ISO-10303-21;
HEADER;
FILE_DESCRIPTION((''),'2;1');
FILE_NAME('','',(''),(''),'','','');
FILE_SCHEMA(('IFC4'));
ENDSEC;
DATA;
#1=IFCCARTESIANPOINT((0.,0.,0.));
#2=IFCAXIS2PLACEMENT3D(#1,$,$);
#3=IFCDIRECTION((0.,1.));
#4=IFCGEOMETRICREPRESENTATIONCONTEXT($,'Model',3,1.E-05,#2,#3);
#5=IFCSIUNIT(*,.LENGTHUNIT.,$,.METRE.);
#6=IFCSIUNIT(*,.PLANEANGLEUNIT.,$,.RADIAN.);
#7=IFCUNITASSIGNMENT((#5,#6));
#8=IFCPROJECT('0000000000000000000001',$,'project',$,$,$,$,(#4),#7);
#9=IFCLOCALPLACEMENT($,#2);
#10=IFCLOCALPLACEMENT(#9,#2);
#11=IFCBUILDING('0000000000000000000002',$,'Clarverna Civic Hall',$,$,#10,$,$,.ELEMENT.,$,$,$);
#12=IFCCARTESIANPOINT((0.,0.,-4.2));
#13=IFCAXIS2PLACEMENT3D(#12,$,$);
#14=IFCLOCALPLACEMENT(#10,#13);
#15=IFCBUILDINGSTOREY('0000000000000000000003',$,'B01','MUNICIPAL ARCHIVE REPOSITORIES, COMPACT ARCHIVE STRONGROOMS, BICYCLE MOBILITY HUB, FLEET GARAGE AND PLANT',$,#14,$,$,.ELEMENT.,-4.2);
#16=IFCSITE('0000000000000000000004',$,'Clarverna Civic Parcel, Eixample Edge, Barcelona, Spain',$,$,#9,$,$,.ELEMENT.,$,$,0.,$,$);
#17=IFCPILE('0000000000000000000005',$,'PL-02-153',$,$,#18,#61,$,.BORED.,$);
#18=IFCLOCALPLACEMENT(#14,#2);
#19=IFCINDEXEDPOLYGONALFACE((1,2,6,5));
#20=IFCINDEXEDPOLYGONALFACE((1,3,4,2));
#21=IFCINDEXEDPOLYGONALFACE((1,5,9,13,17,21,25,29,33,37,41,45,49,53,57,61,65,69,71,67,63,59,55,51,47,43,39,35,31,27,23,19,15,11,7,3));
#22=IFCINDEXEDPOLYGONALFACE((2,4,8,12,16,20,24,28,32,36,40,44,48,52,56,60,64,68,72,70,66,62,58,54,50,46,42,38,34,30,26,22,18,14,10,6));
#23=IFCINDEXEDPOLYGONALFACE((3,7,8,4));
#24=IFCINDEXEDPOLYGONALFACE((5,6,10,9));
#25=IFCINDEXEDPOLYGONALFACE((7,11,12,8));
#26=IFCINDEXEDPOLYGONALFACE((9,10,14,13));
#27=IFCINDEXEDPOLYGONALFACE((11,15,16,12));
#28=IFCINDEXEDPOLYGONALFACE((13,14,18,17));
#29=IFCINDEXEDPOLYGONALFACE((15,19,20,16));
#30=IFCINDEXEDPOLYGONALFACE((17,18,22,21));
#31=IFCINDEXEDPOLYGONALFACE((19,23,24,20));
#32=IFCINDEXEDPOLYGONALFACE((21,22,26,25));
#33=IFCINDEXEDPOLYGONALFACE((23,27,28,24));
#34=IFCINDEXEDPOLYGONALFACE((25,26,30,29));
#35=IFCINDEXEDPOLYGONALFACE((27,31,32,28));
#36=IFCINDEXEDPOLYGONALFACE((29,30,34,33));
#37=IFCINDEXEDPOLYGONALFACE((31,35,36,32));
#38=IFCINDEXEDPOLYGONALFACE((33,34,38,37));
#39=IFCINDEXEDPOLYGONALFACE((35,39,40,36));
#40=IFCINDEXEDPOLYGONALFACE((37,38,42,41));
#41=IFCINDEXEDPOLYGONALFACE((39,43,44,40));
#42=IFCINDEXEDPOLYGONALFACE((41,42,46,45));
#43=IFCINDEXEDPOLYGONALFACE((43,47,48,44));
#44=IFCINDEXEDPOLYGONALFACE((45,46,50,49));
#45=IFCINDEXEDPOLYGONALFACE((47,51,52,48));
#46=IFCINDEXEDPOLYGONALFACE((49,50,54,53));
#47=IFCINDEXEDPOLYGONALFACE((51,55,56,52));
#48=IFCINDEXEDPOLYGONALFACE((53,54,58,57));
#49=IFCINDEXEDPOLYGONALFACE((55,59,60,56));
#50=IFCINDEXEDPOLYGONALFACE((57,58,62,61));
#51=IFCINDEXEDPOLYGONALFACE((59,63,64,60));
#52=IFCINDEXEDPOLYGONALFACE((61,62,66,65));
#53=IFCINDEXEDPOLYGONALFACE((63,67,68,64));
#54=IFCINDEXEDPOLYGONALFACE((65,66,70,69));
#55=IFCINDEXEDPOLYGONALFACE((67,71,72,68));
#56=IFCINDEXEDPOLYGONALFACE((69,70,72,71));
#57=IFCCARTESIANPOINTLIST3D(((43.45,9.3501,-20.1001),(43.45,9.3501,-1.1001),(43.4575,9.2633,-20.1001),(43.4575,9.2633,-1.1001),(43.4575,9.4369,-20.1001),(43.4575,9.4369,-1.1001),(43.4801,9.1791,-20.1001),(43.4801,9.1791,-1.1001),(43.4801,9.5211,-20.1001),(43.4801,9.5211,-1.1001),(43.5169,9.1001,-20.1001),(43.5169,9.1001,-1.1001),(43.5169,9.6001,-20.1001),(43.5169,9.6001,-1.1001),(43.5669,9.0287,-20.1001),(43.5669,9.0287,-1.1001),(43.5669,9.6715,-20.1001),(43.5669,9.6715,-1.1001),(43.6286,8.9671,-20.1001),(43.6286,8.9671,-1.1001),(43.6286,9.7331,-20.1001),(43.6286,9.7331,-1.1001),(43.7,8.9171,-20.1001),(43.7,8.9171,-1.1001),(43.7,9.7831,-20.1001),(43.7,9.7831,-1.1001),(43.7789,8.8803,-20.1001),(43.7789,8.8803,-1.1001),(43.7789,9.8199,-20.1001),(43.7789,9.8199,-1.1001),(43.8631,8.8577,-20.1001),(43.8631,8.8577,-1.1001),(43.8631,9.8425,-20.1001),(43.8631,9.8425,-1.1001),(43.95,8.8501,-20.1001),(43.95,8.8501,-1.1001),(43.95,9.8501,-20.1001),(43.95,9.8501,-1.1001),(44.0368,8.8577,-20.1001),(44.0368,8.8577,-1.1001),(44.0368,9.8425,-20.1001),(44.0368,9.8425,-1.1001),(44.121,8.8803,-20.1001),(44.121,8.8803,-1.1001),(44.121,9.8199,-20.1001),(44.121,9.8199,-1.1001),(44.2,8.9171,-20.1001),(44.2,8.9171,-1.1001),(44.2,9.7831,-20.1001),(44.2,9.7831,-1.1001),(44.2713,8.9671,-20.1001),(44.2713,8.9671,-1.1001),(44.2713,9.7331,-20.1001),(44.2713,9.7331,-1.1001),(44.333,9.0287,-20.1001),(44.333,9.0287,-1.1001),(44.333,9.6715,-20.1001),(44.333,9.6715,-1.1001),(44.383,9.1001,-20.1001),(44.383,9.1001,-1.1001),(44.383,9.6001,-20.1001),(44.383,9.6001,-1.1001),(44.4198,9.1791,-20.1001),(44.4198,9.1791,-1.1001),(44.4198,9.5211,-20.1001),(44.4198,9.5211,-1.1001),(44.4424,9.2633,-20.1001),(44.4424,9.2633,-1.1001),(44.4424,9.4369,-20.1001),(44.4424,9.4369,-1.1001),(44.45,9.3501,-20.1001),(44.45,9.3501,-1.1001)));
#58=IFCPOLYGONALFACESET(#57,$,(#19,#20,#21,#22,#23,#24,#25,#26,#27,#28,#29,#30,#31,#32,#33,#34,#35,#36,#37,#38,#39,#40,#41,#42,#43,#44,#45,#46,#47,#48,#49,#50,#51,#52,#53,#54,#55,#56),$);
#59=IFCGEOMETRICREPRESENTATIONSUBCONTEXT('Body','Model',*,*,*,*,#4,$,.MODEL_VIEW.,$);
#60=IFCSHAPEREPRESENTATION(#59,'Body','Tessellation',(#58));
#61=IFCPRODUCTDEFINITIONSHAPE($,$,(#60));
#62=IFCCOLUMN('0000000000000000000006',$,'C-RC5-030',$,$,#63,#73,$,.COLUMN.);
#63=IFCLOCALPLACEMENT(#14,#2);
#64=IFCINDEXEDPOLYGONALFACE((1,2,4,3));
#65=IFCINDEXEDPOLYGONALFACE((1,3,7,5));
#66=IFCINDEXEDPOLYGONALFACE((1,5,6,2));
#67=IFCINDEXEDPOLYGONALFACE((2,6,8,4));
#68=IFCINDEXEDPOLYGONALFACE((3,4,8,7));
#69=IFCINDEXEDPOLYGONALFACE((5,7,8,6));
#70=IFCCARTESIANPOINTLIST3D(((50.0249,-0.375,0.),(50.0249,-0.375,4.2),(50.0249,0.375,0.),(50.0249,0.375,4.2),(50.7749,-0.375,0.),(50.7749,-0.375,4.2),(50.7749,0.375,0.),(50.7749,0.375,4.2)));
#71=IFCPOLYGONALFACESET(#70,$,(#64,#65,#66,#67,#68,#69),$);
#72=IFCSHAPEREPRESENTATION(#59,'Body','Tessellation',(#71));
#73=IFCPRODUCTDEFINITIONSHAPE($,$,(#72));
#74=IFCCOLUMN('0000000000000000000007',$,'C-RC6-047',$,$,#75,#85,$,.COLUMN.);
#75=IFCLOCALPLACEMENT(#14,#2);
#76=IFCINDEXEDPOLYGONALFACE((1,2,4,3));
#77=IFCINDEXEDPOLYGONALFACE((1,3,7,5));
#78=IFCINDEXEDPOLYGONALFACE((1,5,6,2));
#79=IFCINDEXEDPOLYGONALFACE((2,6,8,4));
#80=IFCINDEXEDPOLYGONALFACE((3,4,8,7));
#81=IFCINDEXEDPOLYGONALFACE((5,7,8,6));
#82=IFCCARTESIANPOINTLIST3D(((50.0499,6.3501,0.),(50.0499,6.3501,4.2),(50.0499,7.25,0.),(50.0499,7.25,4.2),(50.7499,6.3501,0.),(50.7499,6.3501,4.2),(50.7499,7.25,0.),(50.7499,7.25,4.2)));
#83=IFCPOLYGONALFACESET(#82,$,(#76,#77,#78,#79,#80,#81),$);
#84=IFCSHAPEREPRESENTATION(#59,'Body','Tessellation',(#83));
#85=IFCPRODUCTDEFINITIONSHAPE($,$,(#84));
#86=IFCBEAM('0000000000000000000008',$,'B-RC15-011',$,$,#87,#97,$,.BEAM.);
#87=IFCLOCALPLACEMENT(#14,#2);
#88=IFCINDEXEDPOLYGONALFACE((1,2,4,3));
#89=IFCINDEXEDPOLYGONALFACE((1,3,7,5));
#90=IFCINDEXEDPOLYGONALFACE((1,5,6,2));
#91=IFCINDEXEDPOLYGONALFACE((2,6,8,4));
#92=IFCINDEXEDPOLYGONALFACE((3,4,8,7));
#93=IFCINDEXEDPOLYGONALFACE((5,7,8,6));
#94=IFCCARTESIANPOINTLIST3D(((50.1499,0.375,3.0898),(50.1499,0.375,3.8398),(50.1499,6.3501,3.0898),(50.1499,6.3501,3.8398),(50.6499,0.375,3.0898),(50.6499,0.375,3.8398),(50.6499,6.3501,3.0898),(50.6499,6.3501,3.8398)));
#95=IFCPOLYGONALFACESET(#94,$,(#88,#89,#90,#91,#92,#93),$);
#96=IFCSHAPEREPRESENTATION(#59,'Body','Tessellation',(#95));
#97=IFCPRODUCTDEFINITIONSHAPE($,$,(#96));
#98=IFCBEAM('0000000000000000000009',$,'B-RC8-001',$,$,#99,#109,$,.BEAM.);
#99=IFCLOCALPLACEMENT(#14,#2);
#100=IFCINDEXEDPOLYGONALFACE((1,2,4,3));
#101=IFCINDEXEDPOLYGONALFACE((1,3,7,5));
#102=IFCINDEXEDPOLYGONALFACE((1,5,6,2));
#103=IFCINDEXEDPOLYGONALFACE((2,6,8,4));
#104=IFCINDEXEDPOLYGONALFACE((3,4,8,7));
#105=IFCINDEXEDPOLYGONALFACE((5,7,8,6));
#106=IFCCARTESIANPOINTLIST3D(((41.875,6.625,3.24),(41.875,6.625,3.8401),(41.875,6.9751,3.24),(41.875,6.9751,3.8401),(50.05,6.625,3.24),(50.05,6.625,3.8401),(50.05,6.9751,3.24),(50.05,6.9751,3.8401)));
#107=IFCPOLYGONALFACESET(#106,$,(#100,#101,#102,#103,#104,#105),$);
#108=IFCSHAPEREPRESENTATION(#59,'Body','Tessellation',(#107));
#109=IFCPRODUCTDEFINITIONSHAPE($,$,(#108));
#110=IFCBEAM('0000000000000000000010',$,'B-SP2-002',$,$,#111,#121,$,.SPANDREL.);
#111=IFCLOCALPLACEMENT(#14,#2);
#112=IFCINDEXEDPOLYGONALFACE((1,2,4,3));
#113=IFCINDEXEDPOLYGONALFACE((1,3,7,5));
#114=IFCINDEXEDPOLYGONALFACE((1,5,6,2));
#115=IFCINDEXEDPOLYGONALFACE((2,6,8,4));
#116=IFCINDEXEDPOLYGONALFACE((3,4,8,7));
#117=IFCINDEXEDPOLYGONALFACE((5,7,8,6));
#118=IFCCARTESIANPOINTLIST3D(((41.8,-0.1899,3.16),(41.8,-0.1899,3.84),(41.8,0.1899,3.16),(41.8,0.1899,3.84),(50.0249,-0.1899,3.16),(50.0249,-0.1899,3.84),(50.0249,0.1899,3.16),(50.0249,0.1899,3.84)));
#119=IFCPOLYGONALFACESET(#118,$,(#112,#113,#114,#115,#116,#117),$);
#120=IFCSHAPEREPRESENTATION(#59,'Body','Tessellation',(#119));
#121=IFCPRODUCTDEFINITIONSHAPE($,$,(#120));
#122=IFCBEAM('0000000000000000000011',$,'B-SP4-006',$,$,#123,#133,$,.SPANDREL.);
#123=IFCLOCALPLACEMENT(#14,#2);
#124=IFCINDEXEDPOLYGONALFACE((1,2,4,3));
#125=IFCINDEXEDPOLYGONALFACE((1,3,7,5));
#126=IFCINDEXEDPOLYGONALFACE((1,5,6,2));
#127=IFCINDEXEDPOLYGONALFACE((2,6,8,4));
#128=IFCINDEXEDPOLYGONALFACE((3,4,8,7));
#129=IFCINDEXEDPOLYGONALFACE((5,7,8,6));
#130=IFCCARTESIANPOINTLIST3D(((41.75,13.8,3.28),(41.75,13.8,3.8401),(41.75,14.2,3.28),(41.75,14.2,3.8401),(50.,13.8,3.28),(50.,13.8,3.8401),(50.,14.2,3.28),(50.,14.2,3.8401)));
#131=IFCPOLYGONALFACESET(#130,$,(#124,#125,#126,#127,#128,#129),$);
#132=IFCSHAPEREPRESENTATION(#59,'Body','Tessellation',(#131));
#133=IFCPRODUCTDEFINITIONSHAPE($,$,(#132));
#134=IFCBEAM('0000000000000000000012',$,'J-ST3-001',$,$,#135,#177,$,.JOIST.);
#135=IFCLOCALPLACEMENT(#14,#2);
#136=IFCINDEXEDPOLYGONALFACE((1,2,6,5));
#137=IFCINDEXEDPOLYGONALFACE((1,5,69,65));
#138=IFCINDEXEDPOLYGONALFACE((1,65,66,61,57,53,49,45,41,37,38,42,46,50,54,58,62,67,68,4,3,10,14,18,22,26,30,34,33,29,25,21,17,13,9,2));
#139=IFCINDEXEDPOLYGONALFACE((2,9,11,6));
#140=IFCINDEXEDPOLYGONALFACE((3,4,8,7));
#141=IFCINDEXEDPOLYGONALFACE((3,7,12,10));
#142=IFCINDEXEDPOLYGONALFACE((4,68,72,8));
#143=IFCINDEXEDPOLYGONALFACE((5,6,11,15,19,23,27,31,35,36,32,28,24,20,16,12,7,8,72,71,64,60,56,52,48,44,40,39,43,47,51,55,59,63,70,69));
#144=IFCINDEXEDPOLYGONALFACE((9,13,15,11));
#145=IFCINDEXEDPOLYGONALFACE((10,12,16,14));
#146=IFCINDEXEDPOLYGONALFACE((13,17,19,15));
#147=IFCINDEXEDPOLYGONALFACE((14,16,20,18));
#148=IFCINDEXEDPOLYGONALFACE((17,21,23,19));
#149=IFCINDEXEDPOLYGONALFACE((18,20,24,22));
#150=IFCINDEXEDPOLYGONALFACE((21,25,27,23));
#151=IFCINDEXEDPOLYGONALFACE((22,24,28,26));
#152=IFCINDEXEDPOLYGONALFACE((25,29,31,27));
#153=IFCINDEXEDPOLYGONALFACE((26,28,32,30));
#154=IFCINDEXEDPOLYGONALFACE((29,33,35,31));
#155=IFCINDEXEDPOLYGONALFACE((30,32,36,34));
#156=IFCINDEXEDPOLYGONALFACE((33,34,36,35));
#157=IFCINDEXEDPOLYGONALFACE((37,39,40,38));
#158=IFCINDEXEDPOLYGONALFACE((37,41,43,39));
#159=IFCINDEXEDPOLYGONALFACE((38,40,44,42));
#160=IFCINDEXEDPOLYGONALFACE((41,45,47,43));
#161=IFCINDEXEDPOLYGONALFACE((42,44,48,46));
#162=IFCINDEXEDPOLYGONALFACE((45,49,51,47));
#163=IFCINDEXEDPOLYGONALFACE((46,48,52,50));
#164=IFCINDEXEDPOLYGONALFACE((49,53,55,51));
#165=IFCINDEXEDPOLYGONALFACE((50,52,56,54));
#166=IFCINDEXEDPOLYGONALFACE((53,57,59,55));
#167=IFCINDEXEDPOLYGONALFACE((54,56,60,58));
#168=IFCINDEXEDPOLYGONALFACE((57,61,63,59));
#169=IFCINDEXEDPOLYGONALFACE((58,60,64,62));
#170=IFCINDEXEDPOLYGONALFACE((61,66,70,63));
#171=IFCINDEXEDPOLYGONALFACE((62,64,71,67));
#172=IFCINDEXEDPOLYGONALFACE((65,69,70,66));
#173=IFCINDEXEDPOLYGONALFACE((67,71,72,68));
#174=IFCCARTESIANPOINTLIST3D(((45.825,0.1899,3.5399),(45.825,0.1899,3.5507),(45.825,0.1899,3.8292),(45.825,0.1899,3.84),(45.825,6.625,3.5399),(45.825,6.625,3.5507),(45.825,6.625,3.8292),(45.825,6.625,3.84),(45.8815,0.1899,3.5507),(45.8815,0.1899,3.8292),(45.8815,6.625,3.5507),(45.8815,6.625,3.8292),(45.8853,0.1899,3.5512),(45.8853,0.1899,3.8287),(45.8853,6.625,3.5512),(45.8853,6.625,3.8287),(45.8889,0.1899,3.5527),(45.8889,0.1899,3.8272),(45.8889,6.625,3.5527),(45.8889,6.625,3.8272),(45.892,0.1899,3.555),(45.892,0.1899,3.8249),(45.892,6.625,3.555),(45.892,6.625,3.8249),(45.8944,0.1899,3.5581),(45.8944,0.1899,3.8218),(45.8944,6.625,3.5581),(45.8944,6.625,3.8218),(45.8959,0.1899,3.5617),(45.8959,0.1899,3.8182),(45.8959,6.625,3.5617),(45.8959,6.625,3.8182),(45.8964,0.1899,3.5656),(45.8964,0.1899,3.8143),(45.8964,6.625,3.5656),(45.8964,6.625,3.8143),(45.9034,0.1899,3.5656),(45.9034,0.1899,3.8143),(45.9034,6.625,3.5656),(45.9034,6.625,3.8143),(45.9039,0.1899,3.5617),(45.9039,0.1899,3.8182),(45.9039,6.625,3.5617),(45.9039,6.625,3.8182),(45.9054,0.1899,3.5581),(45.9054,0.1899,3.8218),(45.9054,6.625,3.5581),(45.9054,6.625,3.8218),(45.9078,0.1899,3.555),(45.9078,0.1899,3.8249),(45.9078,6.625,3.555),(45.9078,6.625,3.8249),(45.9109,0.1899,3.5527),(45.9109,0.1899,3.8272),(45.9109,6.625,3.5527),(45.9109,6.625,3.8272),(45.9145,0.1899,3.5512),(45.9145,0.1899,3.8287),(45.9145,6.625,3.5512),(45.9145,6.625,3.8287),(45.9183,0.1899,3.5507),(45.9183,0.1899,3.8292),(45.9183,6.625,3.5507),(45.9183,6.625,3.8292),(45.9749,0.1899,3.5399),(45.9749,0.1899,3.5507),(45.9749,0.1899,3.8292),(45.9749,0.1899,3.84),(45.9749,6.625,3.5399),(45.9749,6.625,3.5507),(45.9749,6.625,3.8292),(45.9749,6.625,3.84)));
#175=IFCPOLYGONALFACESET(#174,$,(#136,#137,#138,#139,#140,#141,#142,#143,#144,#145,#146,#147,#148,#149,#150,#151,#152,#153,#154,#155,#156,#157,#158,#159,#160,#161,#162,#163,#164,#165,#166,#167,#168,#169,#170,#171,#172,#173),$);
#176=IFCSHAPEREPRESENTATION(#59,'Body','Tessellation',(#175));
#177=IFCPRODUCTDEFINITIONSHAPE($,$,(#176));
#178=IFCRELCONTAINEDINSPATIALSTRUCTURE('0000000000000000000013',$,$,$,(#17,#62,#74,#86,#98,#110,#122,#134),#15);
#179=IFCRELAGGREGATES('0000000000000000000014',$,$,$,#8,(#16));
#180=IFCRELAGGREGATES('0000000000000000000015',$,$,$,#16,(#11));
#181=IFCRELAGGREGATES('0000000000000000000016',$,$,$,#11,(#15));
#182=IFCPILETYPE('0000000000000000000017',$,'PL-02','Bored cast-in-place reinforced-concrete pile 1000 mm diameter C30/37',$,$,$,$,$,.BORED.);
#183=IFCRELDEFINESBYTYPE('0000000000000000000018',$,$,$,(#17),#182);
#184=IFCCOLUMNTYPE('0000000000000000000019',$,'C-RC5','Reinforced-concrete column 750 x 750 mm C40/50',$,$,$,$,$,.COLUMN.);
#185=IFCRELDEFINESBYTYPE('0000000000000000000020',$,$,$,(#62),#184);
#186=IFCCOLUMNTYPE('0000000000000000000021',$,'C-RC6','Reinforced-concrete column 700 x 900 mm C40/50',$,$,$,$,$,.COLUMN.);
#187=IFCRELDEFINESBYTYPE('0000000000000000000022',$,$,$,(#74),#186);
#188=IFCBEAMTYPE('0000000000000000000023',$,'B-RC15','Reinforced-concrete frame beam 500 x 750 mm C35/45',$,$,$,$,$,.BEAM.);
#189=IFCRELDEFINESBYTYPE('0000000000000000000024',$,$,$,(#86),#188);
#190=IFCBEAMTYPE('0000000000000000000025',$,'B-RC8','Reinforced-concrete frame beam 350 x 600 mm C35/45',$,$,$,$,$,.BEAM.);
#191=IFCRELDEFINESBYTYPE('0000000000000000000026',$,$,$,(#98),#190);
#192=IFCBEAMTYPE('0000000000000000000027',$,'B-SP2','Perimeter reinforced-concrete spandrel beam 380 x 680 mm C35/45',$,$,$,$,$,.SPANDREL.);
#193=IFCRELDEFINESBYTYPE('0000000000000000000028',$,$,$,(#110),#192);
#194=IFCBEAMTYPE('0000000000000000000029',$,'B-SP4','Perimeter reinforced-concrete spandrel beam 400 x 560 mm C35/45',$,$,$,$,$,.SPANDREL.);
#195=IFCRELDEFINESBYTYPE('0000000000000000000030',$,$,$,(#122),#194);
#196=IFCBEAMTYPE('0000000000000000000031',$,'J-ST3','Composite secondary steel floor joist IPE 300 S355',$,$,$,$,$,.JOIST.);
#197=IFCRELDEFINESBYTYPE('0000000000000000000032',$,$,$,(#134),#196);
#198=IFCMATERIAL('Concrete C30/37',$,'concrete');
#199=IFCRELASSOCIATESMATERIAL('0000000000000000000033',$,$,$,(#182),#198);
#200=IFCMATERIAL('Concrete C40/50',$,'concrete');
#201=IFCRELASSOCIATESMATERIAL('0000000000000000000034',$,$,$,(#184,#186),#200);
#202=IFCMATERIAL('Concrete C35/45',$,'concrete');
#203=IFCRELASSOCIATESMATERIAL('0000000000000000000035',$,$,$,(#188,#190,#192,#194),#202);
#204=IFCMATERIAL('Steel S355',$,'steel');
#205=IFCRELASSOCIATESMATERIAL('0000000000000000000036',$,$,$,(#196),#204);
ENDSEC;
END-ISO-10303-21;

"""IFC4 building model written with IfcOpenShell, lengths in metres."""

from ifc_helpers import new_model, si_unit, direction, frame, origin, origin_2d, place, context, subcontext, project, spatial, rectangle, circle, i_section, extrude, material, material_profile, profile_set, type_object, element, save


model = new_model("IFC4")

# Units and contexts
model_context = context("Model", 3, precision=1e-05, world=origin(), true_north=direction((0.0, 1.0)))
body_context = subcontext(model_context, "Body", "Model", "MODEL_VIEW")
ifc_project = project(units=[si_unit("LENGTHUNIT", "METRE"), si_unit("PLANEANGLEUNIT", "RADIAN")], contexts=[model_context])

# Site, building, storey
site_placement = place(None, origin())
site = spatial("IfcSite", under=ifc_project, at=site_placement, Name="Clarverna Civic Parcel, Eixample Edge, Barcelona, Spain", CompositionType="ELEMENT", RefElevation=0.0)
building_placement = place(site_placement, origin())
building = spatial("IfcBuilding", under=site, at=building_placement, Name="Clarverna Civic Hall", CompositionType="ELEMENT")
storey_placement = place(building_placement, frame((0.0, 0.0, -4.2)))
storey = spatial("IfcBuildingStorey", under=building, at=storey_placement, Name="B01", Description="MUNICIPAL ARCHIVE REPOSITORIES, COMPACT ARCHIVE STRONGROOMS, BICYCLE MOBILITY HUB, FLEET GARAGE AND PLANT", CompositionType="ELEMENT", Elevation=-4.2)

# Shared definitions
ifc_material_1 = material(Name="Concrete C30/37", Category="concrete")

# Pile
ifc_material_profile_1 = material_profile(ifc_material_1, circle(Radius=0.5, at=origin_2d()), Name="BORED PILE D1000")
ifc_profile_set_1 = profile_set([ifc_material_profile_1], Name="Concrete C30/37")
pile_type_1 = type_object("IfcPileType", Name="PL-02", Description="Bored cast-in-place reinforced-concrete pile 1000 mm diameter C30/37", PredefinedType="BORED", material=ifc_profile_set_1)
for number, where, z_axis, x_axis, name in (
    (1, (43.95, 9.3501, -1.1001), (0.0, 0.0, -1.0), (1.0, 0.0, 0.0), "PL-02-153"),
):
    element("IfcPile", number, at=place(storey_placement, frame(where, z_axis=z_axis, x_axis=x_axis)), inside=storey, type_object=pile_type_1, Name=name, PredefinedType="BORED", context=body_context, shape_type="SweptSolid", body=[
        extrude(circle(Radius=0.5, at=origin_2d()), origin(), (0.0, 0.0, 1.0), 19.0),
    ])

# Columns
ifc_material_2 = material(Name="Concrete C40/50", Category="concrete")
ifc_material_profile_2 = material_profile(ifc_material_2, rectangle(XDim=0.75, YDim=0.75, at=origin_2d()), Name="RC 750x750")
ifc_profile_set_2 = profile_set([ifc_material_profile_2], Name="Concrete C40/50")
column_type_1 = type_object("IfcColumnType", Name="C-RC5", Description="Reinforced-concrete column 750 x 750 mm C40/50", PredefinedType="COLUMN", material=ifc_profile_set_2)
column_1_placement = place(storey_placement, frame((50.3999, 0.0, 0.0), z_axis=(0.0, 0.0, 1.0), x_axis=(1.0, 0.0, 0.0)))
element("IfcColumn", 2, at=column_1_placement, inside=storey, type_object=column_type_1, Name="C-RC5-030", PredefinedType="COLUMN", context=body_context, shape_type="SweptSolid", body=[
    extrude(rectangle(XDim=0.75, YDim=0.75, at=origin_2d()), origin(), (0.0, 0.0, 1.0), 4.2),
])
ifc_material_profile_3 = material_profile(ifc_material_2, rectangle(XDim=0.7, YDim=0.8999, at=origin_2d()), Name="RC 700x900")
ifc_profile_set_3 = profile_set([ifc_material_profile_3], Name="Concrete C40/50")
column_type_2 = type_object("IfcColumnType", Name="C-RC6", Description="Reinforced-concrete column 700 x 900 mm C40/50", PredefinedType="COLUMN", material=ifc_profile_set_3)
column_2_placement = place(storey_placement, frame((50.3999, 6.8, 0.0), z_axis=(0.0, 0.0, 1.0), x_axis=(1.0, 0.0, 0.0)))
element("IfcColumn", 3, at=column_2_placement, inside=storey, type_object=column_type_2, Name="C-RC6-047", PredefinedType="COLUMN", context=body_context, shape_type="SweptSolid", body=[
    extrude(rectangle(XDim=0.7, YDim=0.8999, at=origin_2d()), origin(), (0.0, 0.0, 1.0), 4.2),
])

# Beams
ifc_material_3 = material(Name="Concrete C35/45", Category="concrete")
ifc_material_profile_4 = material_profile(ifc_material_3, rectangle(XDim=0.5, YDim=0.75, at=origin_2d()), Name="RC 500x750")
ifc_profile_set_4 = profile_set([ifc_material_profile_4], Name="Concrete C35/45")
beam_type_1 = type_object("IfcBeamType", Name="B-RC15", Description="Reinforced-concrete frame beam 500 x 750 mm C35/45", PredefinedType="BEAM", material=ifc_profile_set_4)
beam_1_placement = place(storey_placement, frame((50.3999, 0.375, 3.4648), z_axis=(0.0, 1.0, 0.0), x_axis=(-1.0, 0.0, 0.0)))
element("IfcBeam", 4, at=beam_1_placement, inside=storey, type_object=beam_type_1, Name="B-RC15-011", PredefinedType="BEAM", context=body_context, shape_type="SweptSolid", body=[
    extrude(rectangle(XDim=0.5, YDim=0.75, at=origin_2d()), origin(), (0.0, 0.0, 1.0), 5.9751),
])
ifc_material_profile_5 = material_profile(ifc_material_3, rectangle(XDim=0.3501, YDim=0.6001, at=origin_2d()), Name="RC 350x600")
ifc_profile_set_5 = profile_set([ifc_material_profile_5], Name="Concrete C35/45")
beam_type_2 = type_object("IfcBeamType", Name="B-RC8", Description="Reinforced-concrete frame beam 350 x 600 mm C35/45", PredefinedType="BEAM", material=ifc_profile_set_5)
beam_2_placement = place(storey_placement, frame((41.875, 6.8, 3.54), z_axis=(1.0, 0.0, 0.0), x_axis=(0.0, 1.0, 0.0)))
element("IfcBeam", 5, at=beam_2_placement, inside=storey, type_object=beam_type_2, Name="B-RC8-001", PredefinedType="BEAM", context=body_context, shape_type="SweptSolid", body=[
    extrude(rectangle(XDim=0.3501, YDim=0.6001, at=origin_2d()), origin(), (0.0, 0.0, 1.0), 8.175),
])
ifc_material_profile_6 = material_profile(ifc_material_3, rectangle(XDim=0.3799, YDim=0.6799, at=origin_2d()), Name="RC 380x680")
ifc_profile_set_6 = profile_set([ifc_material_profile_6], Name="Concrete C35/45")
beam_type_3 = type_object("IfcBeamType", Name="B-SP2", Description="Perimeter reinforced-concrete spandrel beam 380 x 680 mm C35/45", PredefinedType="SPANDREL", material=ifc_profile_set_6)
beam_3_placement = place(storey_placement, frame((41.8, 0.0, 3.5), z_axis=(1.0, 0.0, 0.0), x_axis=(0.0, 1.0, 0.0)))
element("IfcBeam", 6, at=beam_3_placement, inside=storey, type_object=beam_type_3, Name="B-SP2-002", PredefinedType="SPANDREL", context=body_context, shape_type="SweptSolid", body=[
    extrude(rectangle(XDim=0.3799, YDim=0.6799, at=origin_2d()), origin(), (0.0, 0.0, 1.0), 8.2249),
])
ifc_material_profile_7 = material_profile(ifc_material_3, rectangle(XDim=0.3999, YDim=0.5601, at=origin_2d()), Name="RC 400x560")
ifc_profile_set_7 = profile_set([ifc_material_profile_7], Name="Concrete C35/45")
beam_type_4 = type_object("IfcBeamType", Name="B-SP4", Description="Perimeter reinforced-concrete spandrel beam 400 x 560 mm C35/45", PredefinedType="SPANDREL", material=ifc_profile_set_7)
beam_4_placement = place(storey_placement, frame((41.75, 14.0, 3.5601), z_axis=(1.0, 0.0, 0.0), x_axis=(0.0, 1.0, 0.0)))
element("IfcBeam", 7, at=beam_4_placement, inside=storey, type_object=beam_type_4, Name="B-SP4-006", PredefinedType="SPANDREL", context=body_context, shape_type="SweptSolid", body=[
    extrude(rectangle(XDim=0.3999, YDim=0.5601, at=origin_2d()), origin(), (0.0, 0.0, 1.0), 8.25),
])
ifc_material_4 = material(Name="Steel S355", Category="steel")
ifc_material_profile_8 = material_profile(ifc_material_4, i_section(OverallWidth=0.1499, OverallDepth=0.3, WebThickness=0.0071, FlangeThickness=0.0107, FilletRadius=0.0149, at=origin_2d()), Name="IPE 300")
ifc_profile_set_8 = profile_set([ifc_material_profile_8], Name="Steel S355")
beam_type_5 = type_object("IfcBeamType", Name="J-ST3", Description="Composite secondary steel floor joist IPE 300 S355", PredefinedType="JOIST", material=ifc_profile_set_8)
beam_5_placement = place(storey_placement, frame((45.8999, 0.1899, 3.6899), z_axis=(0.0, 1.0, 0.0), x_axis=(-1.0, 0.0, 0.0)))
element("IfcBeam", 8, at=beam_5_placement, inside=storey, type_object=beam_type_5, Name="J-ST3-001", PredefinedType="JOIST", context=body_context, shape_type="SweptSolid", body=[
    extrude(i_section(OverallWidth=0.1499, OverallDepth=0.3, WebThickness=0.0071, FlangeThickness=0.0107, FilletRadius=0.0149, at=origin_2d()), origin(), (0.0, 0.0, 1.0), 6.4351),
])

save(model, "model.ifc")
